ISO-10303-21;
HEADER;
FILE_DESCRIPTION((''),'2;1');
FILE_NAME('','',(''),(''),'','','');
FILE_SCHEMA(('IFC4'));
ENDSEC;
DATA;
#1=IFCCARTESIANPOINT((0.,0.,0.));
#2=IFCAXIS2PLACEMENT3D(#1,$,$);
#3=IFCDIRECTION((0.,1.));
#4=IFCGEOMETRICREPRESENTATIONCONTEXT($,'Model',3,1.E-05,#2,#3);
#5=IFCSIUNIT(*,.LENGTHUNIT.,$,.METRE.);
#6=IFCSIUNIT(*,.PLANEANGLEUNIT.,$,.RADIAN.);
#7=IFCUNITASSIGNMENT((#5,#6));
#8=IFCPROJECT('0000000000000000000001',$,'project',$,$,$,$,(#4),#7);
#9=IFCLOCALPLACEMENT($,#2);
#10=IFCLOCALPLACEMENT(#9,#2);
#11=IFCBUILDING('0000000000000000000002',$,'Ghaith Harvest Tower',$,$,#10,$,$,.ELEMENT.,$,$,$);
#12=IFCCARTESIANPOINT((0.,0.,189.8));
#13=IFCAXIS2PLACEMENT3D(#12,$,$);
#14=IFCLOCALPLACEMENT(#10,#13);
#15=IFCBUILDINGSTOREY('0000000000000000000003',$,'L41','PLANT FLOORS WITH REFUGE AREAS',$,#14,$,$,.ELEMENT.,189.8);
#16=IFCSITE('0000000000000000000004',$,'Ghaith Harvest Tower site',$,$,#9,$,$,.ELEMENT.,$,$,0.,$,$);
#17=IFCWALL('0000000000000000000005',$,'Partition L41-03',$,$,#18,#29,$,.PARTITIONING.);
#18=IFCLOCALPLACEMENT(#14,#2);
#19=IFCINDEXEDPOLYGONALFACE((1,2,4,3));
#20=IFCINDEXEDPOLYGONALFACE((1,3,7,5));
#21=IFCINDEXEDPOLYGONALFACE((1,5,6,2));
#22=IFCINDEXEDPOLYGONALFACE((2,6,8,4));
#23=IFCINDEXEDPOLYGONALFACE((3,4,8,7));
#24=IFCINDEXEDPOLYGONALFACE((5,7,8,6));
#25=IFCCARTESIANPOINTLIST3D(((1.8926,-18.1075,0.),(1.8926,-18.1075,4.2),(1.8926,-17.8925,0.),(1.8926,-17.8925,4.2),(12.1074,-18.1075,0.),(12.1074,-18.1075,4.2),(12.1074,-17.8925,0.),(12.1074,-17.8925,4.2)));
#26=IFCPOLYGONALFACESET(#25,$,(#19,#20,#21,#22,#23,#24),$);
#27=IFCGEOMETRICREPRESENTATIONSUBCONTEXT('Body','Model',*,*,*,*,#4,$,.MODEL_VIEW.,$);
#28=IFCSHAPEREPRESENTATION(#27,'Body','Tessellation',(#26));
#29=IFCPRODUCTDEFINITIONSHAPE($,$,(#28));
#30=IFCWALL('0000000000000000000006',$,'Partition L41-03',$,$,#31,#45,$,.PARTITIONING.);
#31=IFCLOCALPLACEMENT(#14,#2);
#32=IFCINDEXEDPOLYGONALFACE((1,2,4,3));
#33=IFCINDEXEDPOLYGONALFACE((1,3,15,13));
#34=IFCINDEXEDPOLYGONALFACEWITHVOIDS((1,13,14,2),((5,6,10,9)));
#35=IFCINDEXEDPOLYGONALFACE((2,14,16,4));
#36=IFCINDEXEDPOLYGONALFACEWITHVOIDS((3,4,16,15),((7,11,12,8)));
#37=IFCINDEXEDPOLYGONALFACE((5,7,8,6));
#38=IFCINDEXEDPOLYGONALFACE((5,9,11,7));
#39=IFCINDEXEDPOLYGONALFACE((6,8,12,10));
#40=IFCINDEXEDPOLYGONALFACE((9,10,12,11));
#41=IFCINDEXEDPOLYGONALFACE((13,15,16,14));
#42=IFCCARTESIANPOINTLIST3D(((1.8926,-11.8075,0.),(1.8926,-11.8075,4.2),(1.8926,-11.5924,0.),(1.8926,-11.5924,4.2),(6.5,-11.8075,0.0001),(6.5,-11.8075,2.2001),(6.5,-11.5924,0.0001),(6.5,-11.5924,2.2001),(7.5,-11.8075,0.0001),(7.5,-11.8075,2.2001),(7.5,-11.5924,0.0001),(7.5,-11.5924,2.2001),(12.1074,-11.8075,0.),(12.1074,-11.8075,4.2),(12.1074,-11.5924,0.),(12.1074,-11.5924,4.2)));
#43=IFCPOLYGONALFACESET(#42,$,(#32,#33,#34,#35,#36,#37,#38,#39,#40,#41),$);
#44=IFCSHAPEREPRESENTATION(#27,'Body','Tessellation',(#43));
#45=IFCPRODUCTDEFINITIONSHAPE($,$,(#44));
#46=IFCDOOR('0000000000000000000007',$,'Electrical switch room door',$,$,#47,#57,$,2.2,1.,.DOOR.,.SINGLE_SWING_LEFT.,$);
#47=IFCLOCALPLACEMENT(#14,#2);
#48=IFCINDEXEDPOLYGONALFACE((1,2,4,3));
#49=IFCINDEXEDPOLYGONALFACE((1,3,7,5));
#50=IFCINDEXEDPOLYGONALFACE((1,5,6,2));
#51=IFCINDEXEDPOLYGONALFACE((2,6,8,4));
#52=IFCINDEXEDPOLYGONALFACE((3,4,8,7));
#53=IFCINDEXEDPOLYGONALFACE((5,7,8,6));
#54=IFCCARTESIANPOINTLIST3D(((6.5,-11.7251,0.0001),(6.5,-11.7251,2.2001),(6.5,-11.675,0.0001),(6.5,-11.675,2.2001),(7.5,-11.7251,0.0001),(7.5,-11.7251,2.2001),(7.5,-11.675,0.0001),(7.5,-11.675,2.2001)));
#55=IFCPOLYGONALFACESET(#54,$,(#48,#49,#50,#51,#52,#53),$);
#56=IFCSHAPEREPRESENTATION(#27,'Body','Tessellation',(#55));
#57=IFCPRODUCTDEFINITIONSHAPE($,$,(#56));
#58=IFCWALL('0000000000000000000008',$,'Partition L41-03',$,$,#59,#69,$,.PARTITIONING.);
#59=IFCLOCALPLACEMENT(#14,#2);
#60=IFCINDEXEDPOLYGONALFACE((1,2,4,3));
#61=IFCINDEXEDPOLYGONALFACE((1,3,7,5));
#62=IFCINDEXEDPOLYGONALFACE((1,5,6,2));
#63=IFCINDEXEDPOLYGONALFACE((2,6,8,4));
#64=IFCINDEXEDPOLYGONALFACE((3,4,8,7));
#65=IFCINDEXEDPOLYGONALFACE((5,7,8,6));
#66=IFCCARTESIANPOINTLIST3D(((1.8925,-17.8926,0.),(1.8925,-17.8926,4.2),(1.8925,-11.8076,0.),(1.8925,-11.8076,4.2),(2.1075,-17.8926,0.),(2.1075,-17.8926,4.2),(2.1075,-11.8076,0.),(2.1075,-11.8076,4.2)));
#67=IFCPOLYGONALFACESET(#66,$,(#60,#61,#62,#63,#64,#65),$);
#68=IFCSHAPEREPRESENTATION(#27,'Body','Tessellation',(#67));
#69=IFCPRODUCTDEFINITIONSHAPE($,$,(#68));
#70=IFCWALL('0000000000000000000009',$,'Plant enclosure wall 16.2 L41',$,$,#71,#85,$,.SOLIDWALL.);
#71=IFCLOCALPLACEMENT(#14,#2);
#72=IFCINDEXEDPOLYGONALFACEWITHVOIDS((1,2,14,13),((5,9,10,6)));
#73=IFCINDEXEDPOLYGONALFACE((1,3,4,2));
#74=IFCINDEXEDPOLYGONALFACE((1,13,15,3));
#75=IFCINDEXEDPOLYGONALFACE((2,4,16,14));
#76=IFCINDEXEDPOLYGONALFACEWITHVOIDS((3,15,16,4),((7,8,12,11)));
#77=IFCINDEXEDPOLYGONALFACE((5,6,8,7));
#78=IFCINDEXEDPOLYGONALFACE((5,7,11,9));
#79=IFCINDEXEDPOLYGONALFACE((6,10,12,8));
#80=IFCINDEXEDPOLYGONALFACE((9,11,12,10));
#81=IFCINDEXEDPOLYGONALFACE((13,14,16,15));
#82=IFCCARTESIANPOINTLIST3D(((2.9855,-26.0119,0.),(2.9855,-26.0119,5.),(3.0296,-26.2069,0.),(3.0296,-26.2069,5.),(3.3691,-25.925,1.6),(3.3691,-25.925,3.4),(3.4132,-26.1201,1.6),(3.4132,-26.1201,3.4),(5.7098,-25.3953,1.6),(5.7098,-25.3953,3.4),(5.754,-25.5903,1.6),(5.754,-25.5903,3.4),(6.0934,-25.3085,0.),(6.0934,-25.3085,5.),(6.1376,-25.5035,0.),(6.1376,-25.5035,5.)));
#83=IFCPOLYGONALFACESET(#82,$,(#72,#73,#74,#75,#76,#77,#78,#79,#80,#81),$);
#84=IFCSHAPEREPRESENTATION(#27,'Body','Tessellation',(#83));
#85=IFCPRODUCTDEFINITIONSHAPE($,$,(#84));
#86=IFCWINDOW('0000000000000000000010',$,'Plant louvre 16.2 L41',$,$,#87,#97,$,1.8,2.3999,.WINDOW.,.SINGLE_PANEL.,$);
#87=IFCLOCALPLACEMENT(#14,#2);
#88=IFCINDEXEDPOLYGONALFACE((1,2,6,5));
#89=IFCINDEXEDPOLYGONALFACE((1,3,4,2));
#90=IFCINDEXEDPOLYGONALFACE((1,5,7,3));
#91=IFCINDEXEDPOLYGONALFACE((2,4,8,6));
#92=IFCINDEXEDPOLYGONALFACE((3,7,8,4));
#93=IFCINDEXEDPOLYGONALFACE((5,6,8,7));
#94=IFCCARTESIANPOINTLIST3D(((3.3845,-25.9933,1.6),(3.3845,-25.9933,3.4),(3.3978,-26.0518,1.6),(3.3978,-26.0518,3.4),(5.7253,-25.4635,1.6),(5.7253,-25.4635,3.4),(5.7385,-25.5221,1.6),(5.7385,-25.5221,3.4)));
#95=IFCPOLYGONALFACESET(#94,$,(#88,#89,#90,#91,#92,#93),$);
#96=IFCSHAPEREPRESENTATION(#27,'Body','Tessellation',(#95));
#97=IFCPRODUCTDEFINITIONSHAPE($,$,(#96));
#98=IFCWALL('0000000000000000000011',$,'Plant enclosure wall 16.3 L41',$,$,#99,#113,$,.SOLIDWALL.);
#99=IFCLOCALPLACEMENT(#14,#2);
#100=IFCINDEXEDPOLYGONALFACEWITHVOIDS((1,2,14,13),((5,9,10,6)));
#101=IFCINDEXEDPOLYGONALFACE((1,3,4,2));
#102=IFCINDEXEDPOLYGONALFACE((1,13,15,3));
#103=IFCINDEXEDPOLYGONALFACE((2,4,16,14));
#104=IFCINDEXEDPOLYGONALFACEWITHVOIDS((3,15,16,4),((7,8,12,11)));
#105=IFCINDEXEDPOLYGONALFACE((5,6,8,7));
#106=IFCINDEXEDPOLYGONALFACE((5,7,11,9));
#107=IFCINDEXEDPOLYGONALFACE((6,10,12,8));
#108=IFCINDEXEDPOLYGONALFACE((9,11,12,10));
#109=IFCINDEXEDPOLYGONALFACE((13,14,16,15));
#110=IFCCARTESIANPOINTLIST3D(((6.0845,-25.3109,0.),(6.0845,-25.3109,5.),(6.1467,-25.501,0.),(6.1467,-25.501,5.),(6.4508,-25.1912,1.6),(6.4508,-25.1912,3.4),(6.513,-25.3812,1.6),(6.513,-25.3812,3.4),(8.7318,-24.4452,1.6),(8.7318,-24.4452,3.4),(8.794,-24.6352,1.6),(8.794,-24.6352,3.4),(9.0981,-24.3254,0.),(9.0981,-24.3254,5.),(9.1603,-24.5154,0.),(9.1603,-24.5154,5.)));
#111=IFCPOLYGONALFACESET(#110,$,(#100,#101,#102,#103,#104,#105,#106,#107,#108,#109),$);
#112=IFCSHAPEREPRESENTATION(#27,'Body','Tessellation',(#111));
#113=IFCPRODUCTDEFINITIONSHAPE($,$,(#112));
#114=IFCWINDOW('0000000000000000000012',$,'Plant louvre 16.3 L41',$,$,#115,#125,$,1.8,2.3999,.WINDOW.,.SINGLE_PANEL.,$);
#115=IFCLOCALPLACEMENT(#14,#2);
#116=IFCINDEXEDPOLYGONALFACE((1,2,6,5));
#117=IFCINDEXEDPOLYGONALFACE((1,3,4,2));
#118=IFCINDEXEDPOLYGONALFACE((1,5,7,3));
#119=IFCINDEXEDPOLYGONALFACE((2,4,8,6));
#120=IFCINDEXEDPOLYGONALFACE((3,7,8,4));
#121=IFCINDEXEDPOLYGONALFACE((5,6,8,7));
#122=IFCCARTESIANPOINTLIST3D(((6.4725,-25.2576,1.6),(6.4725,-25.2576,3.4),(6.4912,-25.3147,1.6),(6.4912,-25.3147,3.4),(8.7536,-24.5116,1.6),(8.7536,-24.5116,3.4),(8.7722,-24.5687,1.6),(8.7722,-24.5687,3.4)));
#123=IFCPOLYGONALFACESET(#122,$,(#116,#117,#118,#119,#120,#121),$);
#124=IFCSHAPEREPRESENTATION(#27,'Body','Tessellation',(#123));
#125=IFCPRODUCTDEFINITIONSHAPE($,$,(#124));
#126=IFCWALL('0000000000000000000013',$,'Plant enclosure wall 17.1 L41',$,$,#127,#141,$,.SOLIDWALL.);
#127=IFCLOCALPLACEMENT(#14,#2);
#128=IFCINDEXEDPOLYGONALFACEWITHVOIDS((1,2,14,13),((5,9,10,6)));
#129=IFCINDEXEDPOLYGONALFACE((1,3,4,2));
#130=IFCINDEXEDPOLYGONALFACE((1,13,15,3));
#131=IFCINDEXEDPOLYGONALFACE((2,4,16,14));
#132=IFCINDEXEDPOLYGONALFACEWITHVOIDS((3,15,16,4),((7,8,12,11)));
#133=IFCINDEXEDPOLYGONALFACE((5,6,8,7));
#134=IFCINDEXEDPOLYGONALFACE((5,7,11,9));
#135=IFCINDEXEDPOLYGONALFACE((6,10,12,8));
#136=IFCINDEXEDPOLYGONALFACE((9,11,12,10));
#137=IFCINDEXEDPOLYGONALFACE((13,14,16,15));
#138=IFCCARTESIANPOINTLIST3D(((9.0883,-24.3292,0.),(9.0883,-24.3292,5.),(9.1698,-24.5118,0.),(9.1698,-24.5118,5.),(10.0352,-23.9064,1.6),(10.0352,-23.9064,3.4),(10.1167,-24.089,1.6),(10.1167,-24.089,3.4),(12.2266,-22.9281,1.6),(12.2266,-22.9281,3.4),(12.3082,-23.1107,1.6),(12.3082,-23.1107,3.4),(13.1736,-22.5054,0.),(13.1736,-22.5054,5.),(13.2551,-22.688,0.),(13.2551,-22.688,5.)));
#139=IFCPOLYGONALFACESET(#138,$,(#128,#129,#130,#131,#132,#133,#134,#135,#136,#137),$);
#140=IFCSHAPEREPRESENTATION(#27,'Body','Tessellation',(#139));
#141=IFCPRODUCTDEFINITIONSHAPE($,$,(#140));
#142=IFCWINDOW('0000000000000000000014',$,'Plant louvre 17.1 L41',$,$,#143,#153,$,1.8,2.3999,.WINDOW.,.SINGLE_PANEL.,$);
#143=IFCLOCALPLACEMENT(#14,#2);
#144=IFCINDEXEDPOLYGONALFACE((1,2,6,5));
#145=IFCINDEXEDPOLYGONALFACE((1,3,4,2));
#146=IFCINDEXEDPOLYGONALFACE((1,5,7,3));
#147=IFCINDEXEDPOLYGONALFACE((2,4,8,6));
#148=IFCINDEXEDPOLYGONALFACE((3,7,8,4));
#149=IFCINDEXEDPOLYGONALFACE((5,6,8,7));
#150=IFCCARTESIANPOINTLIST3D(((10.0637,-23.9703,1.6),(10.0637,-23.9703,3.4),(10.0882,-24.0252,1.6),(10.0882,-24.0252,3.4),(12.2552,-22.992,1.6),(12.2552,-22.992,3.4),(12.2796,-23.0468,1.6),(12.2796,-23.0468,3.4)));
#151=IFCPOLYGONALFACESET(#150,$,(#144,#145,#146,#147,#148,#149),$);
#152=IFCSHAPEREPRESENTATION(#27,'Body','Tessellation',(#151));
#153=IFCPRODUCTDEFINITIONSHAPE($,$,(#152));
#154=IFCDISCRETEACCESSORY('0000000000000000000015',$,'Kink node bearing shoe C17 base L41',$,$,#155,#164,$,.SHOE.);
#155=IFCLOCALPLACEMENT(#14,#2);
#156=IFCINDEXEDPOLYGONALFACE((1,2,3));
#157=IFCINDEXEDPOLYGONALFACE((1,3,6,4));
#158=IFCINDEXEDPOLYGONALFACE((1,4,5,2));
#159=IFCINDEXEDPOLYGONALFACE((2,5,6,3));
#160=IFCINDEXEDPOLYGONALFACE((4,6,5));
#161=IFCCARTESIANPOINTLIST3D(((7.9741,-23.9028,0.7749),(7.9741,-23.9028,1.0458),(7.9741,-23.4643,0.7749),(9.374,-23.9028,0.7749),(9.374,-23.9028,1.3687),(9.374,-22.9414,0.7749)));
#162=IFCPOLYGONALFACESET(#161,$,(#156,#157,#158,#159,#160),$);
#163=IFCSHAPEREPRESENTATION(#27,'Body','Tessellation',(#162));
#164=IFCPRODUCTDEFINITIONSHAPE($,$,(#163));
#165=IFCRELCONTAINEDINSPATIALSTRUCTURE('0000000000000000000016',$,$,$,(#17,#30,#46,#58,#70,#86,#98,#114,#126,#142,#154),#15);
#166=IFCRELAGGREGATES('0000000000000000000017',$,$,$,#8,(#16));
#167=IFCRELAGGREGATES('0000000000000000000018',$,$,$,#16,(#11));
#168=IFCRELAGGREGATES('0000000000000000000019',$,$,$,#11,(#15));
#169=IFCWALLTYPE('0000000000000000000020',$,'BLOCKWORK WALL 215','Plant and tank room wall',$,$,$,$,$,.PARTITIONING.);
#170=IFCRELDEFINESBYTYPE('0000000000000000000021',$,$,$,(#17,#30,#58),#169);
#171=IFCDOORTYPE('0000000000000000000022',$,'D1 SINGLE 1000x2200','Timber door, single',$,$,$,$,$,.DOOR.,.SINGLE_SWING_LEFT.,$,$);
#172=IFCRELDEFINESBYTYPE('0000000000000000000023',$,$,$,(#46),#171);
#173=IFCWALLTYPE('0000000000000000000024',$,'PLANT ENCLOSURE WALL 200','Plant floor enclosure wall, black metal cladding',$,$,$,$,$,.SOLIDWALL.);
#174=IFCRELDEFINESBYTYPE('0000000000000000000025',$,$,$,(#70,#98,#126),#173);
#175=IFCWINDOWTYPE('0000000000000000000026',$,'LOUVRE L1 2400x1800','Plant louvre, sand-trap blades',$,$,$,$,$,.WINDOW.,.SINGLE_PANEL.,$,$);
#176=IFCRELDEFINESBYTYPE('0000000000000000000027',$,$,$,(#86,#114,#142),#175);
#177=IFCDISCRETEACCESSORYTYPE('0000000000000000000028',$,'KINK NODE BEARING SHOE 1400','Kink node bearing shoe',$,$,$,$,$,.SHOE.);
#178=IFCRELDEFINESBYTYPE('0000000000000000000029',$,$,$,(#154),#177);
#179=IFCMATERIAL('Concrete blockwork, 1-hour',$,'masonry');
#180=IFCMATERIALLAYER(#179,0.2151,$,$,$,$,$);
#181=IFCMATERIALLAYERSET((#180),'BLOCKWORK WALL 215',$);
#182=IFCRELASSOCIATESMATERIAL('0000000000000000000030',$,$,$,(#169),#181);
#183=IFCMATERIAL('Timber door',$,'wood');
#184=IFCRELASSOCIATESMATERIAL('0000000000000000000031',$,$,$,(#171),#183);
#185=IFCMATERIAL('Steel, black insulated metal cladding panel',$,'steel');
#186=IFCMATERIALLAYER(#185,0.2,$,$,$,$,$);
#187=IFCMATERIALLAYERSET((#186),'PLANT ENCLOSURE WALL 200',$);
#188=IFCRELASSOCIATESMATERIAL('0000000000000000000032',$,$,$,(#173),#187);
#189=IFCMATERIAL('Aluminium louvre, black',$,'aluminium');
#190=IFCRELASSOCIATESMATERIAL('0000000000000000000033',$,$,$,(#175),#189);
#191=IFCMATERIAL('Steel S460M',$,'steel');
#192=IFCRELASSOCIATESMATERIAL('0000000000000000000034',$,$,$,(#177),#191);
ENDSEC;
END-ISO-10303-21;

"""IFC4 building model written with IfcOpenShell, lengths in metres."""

from ifc_helpers import new_model, si_unit, direction, frame, frame_2d, origin, origin_2d, place, context, subcontext, project, spatial, rectangle, extrude, clip, halfspace, material, layer, layer_set, material_profile, profile_set, type_object, element, fill, save


model = new_model("IFC4")

# Units and contexts
model_context = context("Model", 3, precision=1e-05, world=origin(), true_north=direction((0.0, 1.0)))
body_context = subcontext(model_context, "Body", "Model", "MODEL_VIEW")
ifc_project = project(units=[si_unit("LENGTHUNIT", "METRE"), si_unit("PLANEANGLEUNIT", "RADIAN")], contexts=[model_context])

# Site, building, storey
site_placement = place(None, origin())
site = spatial("IfcSite", under=ifc_project, at=site_placement, Name="Ghaith Harvest Tower site", CompositionType="ELEMENT", RefElevation=0.0)
building_placement = place(site_placement, origin())
building = spatial("IfcBuilding", under=site, at=building_placement, Name="Ghaith Harvest Tower", CompositionType="ELEMENT")
storey_placement = place(building_placement, frame((0.0, 0.0, 189.8)))
storey = spatial("IfcBuildingStorey", under=building, at=storey_placement, Name="L41", Description="PLANT FLOORS WITH REFUGE AREAS", CompositionType="ELEMENT", Elevation=189.8)

# Wall
ifc_material_1 = material(Name="Concrete blockwork, 1-hour", Category="masonry")
ifc_layer_1 = layer(ifc_material_1, 0.2151)
ifc_layer_set_1 = layer_set([ifc_layer_1], Name="BLOCKWORK WALL 215")
wall_type_1 = type_object("IfcWallType", Name="BLOCKWORK WALL 215", Description="Plant and tank room wall", PredefinedType="PARTITIONING", material=ifc_layer_set_1)
wall_1_placement = place(storey_placement, frame((1.8926, -18.0, 0.0), z_axis=(0.0, 0.0, 1.0), x_axis=(1.0, 0.0, 0.0)))
element("IfcWall", 1, at=wall_1_placement, inside=storey, type_object=wall_type_1, Name="Partition L41-03", PredefinedType="PARTITIONING", context=body_context, shape_type="SweptSolid", body=[
    extrude(rectangle(XDim=10.2148, YDim=0.2151, at=frame_2d((5.1074, 0.0))), origin(), (0.0, 0.0, 1.0), 4.2),
])

# Wall, opening, door
wall_2_placement = place(storey_placement, frame((1.8926, -11.7, 0.0), z_axis=(0.0, 0.0, 1.0), x_axis=(1.0, 0.0, 0.0)))
wall_2 = element("IfcWall", 2, at=wall_2_placement, inside=storey, type_object=wall_type_1, Name="Partition L41-03", PredefinedType="PARTITIONING", context=body_context, shape_type="SweptSolid", body=[
    extrude(rectangle(XDim=10.2148, YDim=0.2151, at=frame_2d((5.1074, 0.0))), origin(), (0.0, 0.0, 1.0), 4.2),
])
opening_1_placement = place(wall_2_placement, frame((4.6074, 0.0, 0.0)))
opening_1 = element("IfcOpeningElement", 3, at=opening_1_placement, cuts=wall_2, PredefinedType="OPENING", context=body_context, shape_type="SweptSolid", body=[
    extrude(rectangle(XDim=1.0, YDim=2.2, at=frame_2d((0.5, 1.1001))), frame((0.0, 0.1177, 0.0), z_axis=(0.0, -1.0, 0.0), x_axis=(1.0, 0.0, 0.0)), (0.0, 0.0, 1.0), 0.2351),
])
ifc_material_2 = material(Name="Timber door", Category="wood")
door_type = type_object("IfcDoorType", Name="D1 SINGLE 1000x2200", Description="Timber door, single", OperationType="SINGLE_SWING_LEFT", PredefinedType="DOOR", material=ifc_material_2)
door_placement = place(opening_1_placement, origin())
door = element("IfcDoor", 4, at=door_placement, inside=storey, type_object=door_type, Name="Electrical switch room door", OperationType="SINGLE_SWING_LEFT", OverallHeight=2.2, OverallWidth=1.0, PredefinedType="DOOR", context=body_context, shape_type="SweptSolid", body=[
    extrude(rectangle(XDim=1.0, YDim=2.2, at=frame_2d((0.5, 1.1001))), frame((0.0, 0.0249, 0.0), z_axis=(0.0, -1.0, 0.0), x_axis=(1.0, 0.0, 0.0)), (0.0, 0.0, 1.0), 0.05),
])
fill(opening_1, door)

# Wall
wall_3_placement = place(storey_placement, frame((2.0, -17.8926, 0.0), z_axis=(0.0, 0.0, 1.0), x_axis=(0.0, 1.0, 0.0)))
element("IfcWall", 5, at=wall_3_placement, inside=storey, type_object=wall_type_1, Name="Partition L41-03", PredefinedType="PARTITIONING", context=body_context, shape_type="SweptSolid", body=[
    extrude(rectangle(XDim=6.085, YDim=0.2151, at=frame_2d((3.0425, 0.0))), origin(), (0.0, 0.0, 1.0), 4.2),
])

# Walls, openings, windows
ifc_material_3 = material(Name="Steel, black insulated metal cladding panel", Category="steel")
ifc_layer_2 = layer(ifc_material_3, 0.2)
ifc_layer_set_2 = layer_set([ifc_layer_2], Name="PLANT ENCLOSURE WALL 200")
wall_type_2 = type_object("IfcWallType", Name="PLANT ENCLOSURE WALL 200", Description="Plant floor enclosure wall, black metal cladding", PredefinedType="SOLIDWALL", material=ifc_layer_set_2)
wall_4_placement = place(storey_placement, frame((3.0076, -26.1094, 0.0), z_axis=(0.0, 0.0, 1.0), x_axis=(0.975334, 0.220734, 0.0)))
wall_4 = element("IfcWall", 6, at=wall_4_placement, inside=storey, type_object=wall_type_2, Name="Plant enclosure wall 16.2 L41", PredefinedType="SOLIDWALL", context=body_context, shape_type="SweptSolid", body=[
    extrude(rectangle(XDim=3.1865, YDim=0.2, at=frame_2d((1.5933, 0.0))), origin(), (0.0, 0.0, 1.0), 5.0),
])
opening_2_placement = place(wall_4_placement, frame((0.3933, 0.0, 1.6001)))
opening_2 = element("IfcOpeningElement", 7, at=opening_2_placement, cuts=wall_4, PredefinedType="OPENING", context=body_context, shape_type="SweptSolid", body=[
    extrude(rectangle(XDim=2.3999, YDim=1.8, at=frame_2d((1.2, 0.8999))), frame((0.0, 0.1099, 0.0), z_axis=(0.0, -1.0, 0.0), x_axis=(1.0, 0.0, 0.0)), (0.0, 0.0, 1.0), 0.22),
])
ifc_material_4 = material(Name="Aluminium louvre, black", Category="aluminium")
window_type = type_object("IfcWindowType", Name="LOUVRE L1 2400x1800", Description="Plant louvre, sand-trap blades", PartitioningType="SINGLE_PANEL", PredefinedType="WINDOW", material=ifc_material_4)
window_1_placement = place(opening_2_placement, origin())
window_1 = element("IfcWindow", 8, at=window_1_placement, inside=storey, type_object=window_type, Name="Plant louvre 16.2 L41", OverallHeight=1.8, OverallWidth=2.3999, PartitioningType="SINGLE_PANEL", PredefinedType="WINDOW", context=body_context, shape_type="SweptSolid", body=[
    extrude(rectangle(XDim=2.3999, YDim=1.8, at=frame_2d((1.2, 0.8999))), frame((0.0, 0.03, 0.0), z_axis=(0.0, -1.0, 0.0), x_axis=(1.0, 0.0, 0.0)), (0.0, 0.0, 1.0), 0.0601),
])
fill(opening_2, window_1)
wall_5_placement = place(storey_placement, frame((6.1155, -25.406, 0.0), z_axis=(0.0, 0.0, 1.0), x_axis=(0.950462, 0.310841, 0.0)))
wall_5 = element("IfcWall", 9, at=wall_5_placement, inside=storey, type_object=wall_type_2, Name="Plant enclosure wall 16.3 L41", PredefinedType="SOLIDWALL", context=body_context, shape_type="SweptSolid", body=[
    extrude(rectangle(XDim=3.1707, YDim=0.2, at=frame_2d((1.5854, 0.0))), origin(), (0.0, 0.0, 1.0), 5.0),
])
opening_3_placement = place(wall_5_placement, frame((0.3855, 0.0, 1.6001)))
opening_3 = element("IfcOpeningElement", 10, at=opening_3_placement, cuts=wall_5, PredefinedType="OPENING", context=body_context, shape_type="SweptSolid", body=[
    extrude(rectangle(XDim=2.3999, YDim=1.8, at=frame_2d((1.2, 0.8999))), frame((0.0, 0.1099, 0.0), z_axis=(0.0, -1.0, 0.0), x_axis=(1.0, 0.0, 0.0)), (0.0, 0.0, 1.0), 0.22),
])
window_2_placement = place(opening_3_placement, origin())
window_2 = element("IfcWindow", 11, at=window_2_placement, inside=storey, type_object=window_type, Name="Plant louvre 16.3 L41", OverallHeight=1.8, OverallWidth=2.3999, PartitioningType="SINGLE_PANEL", PredefinedType="WINDOW", context=body_context, shape_type="SweptSolid", body=[
    extrude(rectangle(XDim=2.3999, YDim=1.8, at=frame_2d((1.2, 0.8999))), frame((0.0, 0.03, 0.0), z_axis=(0.0, -1.0, 0.0), x_axis=(1.0, 0.0, 0.0)), (0.0, 0.0, 1.0), 0.0601),
])
fill(opening_3, window_2)
wall_6_placement = place(storey_placement, frame((9.1292, -24.4204, 0.0), z_axis=(0.0, 0.0, 1.0), x_axis=(0.91314, 0.407647, 0.0)))
wall_6 = element("IfcWall", 12, at=wall_6_placement, inside=storey, type_object=wall_type_2, Name="Plant enclosure wall 17.1 L41", PredefinedType="SOLIDWALL", context=body_context, shape_type="SweptSolid", body=[
    extrude(rectangle(XDim=4.4739, YDim=0.2, at=frame_2d((2.2368, 0.0))), origin(), (0.0, 0.0, 1.0), 5.0),
])
opening_4_placement = place(wall_6_placement, frame((1.0369, 0.0, 1.6001)))
opening_4 = element("IfcOpeningElement", 13, at=opening_4_placement, cuts=wall_6, PredefinedType="OPENING", context=body_context, shape_type="SweptSolid", body=[
    extrude(rectangle(XDim=2.3999, YDim=1.8, at=frame_2d((1.2, 0.8999))), frame((0.0, 0.1099, 0.0), z_axis=(0.0, -1.0, 0.0), x_axis=(1.0, 0.0, 0.0)), (0.0, 0.0, 1.0), 0.22),
])
window_3_placement = place(opening_4_placement, origin())
window_3 = element("IfcWindow", 14, at=window_3_placement, inside=storey, type_object=window_type, Name="Plant louvre 17.1 L41", OverallHeight=1.8, OverallWidth=2.3999, PartitioningType="SINGLE_PANEL", PredefinedType="WINDOW", context=body_context, shape_type="SweptSolid", body=[
    extrude(rectangle(XDim=2.3999, YDim=1.8, at=frame_2d((1.2, 0.8999))), frame((0.0, 0.03, 0.0), z_axis=(0.0, -1.0, 0.0), x_axis=(1.0, 0.0, 0.0)), (0.0, 0.0, 1.0), 0.0601),
])
fill(opening_4, window_3)

# Discrete accessory
ifc_material_5 = material(Name="Steel S460M", Category="steel")
ifc_material_profile_1 = material_profile(ifc_material_5, rectangle(XDim=1.3999, YDim=1.3999, at=origin_2d()), Name="KINK NODE BEARING SHOE 1400")
ifc_profile_set_1 = profile_set([ifc_material_profile_1], Name="Steel S460M")
discrete_accessory_type = type_object("IfcDiscreteAccessoryType", Name="KINK NODE BEARING SHOE 1400", Description="Kink node bearing shoe", PredefinedType="SHOE", material=ifc_profile_set_1)
discrete_accessory_1_placement = place(storey_placement, frame((8.6741, -23.2029, 0.7749), z_axis=(0.0, 0.0, 1.0), x_axis=(1.0, 0.0, 0.0)))
element("IfcDiscreteAccessory", 15, at=discrete_accessory_1_placement, inside=storey, type_object=discrete_accessory_type, Name="Kink node bearing shoe C17 base L41", PredefinedType="SHOE", context=body_context, shape_type="Clipping", body=[
    clip(extrude(rectangle(XDim=1.3999, YDim=1.3999, at=origin_2d()), origin(), (0.0, 0.0, 1.0), 0.604), halfspace(frame((0.0, 0.0, 0.0), z_axis=(-0.192621, 0.515673, 0.834853), x_axis=(1.0, 0.0, 0.0)), False)),
])

save(model, "model.ifc")
